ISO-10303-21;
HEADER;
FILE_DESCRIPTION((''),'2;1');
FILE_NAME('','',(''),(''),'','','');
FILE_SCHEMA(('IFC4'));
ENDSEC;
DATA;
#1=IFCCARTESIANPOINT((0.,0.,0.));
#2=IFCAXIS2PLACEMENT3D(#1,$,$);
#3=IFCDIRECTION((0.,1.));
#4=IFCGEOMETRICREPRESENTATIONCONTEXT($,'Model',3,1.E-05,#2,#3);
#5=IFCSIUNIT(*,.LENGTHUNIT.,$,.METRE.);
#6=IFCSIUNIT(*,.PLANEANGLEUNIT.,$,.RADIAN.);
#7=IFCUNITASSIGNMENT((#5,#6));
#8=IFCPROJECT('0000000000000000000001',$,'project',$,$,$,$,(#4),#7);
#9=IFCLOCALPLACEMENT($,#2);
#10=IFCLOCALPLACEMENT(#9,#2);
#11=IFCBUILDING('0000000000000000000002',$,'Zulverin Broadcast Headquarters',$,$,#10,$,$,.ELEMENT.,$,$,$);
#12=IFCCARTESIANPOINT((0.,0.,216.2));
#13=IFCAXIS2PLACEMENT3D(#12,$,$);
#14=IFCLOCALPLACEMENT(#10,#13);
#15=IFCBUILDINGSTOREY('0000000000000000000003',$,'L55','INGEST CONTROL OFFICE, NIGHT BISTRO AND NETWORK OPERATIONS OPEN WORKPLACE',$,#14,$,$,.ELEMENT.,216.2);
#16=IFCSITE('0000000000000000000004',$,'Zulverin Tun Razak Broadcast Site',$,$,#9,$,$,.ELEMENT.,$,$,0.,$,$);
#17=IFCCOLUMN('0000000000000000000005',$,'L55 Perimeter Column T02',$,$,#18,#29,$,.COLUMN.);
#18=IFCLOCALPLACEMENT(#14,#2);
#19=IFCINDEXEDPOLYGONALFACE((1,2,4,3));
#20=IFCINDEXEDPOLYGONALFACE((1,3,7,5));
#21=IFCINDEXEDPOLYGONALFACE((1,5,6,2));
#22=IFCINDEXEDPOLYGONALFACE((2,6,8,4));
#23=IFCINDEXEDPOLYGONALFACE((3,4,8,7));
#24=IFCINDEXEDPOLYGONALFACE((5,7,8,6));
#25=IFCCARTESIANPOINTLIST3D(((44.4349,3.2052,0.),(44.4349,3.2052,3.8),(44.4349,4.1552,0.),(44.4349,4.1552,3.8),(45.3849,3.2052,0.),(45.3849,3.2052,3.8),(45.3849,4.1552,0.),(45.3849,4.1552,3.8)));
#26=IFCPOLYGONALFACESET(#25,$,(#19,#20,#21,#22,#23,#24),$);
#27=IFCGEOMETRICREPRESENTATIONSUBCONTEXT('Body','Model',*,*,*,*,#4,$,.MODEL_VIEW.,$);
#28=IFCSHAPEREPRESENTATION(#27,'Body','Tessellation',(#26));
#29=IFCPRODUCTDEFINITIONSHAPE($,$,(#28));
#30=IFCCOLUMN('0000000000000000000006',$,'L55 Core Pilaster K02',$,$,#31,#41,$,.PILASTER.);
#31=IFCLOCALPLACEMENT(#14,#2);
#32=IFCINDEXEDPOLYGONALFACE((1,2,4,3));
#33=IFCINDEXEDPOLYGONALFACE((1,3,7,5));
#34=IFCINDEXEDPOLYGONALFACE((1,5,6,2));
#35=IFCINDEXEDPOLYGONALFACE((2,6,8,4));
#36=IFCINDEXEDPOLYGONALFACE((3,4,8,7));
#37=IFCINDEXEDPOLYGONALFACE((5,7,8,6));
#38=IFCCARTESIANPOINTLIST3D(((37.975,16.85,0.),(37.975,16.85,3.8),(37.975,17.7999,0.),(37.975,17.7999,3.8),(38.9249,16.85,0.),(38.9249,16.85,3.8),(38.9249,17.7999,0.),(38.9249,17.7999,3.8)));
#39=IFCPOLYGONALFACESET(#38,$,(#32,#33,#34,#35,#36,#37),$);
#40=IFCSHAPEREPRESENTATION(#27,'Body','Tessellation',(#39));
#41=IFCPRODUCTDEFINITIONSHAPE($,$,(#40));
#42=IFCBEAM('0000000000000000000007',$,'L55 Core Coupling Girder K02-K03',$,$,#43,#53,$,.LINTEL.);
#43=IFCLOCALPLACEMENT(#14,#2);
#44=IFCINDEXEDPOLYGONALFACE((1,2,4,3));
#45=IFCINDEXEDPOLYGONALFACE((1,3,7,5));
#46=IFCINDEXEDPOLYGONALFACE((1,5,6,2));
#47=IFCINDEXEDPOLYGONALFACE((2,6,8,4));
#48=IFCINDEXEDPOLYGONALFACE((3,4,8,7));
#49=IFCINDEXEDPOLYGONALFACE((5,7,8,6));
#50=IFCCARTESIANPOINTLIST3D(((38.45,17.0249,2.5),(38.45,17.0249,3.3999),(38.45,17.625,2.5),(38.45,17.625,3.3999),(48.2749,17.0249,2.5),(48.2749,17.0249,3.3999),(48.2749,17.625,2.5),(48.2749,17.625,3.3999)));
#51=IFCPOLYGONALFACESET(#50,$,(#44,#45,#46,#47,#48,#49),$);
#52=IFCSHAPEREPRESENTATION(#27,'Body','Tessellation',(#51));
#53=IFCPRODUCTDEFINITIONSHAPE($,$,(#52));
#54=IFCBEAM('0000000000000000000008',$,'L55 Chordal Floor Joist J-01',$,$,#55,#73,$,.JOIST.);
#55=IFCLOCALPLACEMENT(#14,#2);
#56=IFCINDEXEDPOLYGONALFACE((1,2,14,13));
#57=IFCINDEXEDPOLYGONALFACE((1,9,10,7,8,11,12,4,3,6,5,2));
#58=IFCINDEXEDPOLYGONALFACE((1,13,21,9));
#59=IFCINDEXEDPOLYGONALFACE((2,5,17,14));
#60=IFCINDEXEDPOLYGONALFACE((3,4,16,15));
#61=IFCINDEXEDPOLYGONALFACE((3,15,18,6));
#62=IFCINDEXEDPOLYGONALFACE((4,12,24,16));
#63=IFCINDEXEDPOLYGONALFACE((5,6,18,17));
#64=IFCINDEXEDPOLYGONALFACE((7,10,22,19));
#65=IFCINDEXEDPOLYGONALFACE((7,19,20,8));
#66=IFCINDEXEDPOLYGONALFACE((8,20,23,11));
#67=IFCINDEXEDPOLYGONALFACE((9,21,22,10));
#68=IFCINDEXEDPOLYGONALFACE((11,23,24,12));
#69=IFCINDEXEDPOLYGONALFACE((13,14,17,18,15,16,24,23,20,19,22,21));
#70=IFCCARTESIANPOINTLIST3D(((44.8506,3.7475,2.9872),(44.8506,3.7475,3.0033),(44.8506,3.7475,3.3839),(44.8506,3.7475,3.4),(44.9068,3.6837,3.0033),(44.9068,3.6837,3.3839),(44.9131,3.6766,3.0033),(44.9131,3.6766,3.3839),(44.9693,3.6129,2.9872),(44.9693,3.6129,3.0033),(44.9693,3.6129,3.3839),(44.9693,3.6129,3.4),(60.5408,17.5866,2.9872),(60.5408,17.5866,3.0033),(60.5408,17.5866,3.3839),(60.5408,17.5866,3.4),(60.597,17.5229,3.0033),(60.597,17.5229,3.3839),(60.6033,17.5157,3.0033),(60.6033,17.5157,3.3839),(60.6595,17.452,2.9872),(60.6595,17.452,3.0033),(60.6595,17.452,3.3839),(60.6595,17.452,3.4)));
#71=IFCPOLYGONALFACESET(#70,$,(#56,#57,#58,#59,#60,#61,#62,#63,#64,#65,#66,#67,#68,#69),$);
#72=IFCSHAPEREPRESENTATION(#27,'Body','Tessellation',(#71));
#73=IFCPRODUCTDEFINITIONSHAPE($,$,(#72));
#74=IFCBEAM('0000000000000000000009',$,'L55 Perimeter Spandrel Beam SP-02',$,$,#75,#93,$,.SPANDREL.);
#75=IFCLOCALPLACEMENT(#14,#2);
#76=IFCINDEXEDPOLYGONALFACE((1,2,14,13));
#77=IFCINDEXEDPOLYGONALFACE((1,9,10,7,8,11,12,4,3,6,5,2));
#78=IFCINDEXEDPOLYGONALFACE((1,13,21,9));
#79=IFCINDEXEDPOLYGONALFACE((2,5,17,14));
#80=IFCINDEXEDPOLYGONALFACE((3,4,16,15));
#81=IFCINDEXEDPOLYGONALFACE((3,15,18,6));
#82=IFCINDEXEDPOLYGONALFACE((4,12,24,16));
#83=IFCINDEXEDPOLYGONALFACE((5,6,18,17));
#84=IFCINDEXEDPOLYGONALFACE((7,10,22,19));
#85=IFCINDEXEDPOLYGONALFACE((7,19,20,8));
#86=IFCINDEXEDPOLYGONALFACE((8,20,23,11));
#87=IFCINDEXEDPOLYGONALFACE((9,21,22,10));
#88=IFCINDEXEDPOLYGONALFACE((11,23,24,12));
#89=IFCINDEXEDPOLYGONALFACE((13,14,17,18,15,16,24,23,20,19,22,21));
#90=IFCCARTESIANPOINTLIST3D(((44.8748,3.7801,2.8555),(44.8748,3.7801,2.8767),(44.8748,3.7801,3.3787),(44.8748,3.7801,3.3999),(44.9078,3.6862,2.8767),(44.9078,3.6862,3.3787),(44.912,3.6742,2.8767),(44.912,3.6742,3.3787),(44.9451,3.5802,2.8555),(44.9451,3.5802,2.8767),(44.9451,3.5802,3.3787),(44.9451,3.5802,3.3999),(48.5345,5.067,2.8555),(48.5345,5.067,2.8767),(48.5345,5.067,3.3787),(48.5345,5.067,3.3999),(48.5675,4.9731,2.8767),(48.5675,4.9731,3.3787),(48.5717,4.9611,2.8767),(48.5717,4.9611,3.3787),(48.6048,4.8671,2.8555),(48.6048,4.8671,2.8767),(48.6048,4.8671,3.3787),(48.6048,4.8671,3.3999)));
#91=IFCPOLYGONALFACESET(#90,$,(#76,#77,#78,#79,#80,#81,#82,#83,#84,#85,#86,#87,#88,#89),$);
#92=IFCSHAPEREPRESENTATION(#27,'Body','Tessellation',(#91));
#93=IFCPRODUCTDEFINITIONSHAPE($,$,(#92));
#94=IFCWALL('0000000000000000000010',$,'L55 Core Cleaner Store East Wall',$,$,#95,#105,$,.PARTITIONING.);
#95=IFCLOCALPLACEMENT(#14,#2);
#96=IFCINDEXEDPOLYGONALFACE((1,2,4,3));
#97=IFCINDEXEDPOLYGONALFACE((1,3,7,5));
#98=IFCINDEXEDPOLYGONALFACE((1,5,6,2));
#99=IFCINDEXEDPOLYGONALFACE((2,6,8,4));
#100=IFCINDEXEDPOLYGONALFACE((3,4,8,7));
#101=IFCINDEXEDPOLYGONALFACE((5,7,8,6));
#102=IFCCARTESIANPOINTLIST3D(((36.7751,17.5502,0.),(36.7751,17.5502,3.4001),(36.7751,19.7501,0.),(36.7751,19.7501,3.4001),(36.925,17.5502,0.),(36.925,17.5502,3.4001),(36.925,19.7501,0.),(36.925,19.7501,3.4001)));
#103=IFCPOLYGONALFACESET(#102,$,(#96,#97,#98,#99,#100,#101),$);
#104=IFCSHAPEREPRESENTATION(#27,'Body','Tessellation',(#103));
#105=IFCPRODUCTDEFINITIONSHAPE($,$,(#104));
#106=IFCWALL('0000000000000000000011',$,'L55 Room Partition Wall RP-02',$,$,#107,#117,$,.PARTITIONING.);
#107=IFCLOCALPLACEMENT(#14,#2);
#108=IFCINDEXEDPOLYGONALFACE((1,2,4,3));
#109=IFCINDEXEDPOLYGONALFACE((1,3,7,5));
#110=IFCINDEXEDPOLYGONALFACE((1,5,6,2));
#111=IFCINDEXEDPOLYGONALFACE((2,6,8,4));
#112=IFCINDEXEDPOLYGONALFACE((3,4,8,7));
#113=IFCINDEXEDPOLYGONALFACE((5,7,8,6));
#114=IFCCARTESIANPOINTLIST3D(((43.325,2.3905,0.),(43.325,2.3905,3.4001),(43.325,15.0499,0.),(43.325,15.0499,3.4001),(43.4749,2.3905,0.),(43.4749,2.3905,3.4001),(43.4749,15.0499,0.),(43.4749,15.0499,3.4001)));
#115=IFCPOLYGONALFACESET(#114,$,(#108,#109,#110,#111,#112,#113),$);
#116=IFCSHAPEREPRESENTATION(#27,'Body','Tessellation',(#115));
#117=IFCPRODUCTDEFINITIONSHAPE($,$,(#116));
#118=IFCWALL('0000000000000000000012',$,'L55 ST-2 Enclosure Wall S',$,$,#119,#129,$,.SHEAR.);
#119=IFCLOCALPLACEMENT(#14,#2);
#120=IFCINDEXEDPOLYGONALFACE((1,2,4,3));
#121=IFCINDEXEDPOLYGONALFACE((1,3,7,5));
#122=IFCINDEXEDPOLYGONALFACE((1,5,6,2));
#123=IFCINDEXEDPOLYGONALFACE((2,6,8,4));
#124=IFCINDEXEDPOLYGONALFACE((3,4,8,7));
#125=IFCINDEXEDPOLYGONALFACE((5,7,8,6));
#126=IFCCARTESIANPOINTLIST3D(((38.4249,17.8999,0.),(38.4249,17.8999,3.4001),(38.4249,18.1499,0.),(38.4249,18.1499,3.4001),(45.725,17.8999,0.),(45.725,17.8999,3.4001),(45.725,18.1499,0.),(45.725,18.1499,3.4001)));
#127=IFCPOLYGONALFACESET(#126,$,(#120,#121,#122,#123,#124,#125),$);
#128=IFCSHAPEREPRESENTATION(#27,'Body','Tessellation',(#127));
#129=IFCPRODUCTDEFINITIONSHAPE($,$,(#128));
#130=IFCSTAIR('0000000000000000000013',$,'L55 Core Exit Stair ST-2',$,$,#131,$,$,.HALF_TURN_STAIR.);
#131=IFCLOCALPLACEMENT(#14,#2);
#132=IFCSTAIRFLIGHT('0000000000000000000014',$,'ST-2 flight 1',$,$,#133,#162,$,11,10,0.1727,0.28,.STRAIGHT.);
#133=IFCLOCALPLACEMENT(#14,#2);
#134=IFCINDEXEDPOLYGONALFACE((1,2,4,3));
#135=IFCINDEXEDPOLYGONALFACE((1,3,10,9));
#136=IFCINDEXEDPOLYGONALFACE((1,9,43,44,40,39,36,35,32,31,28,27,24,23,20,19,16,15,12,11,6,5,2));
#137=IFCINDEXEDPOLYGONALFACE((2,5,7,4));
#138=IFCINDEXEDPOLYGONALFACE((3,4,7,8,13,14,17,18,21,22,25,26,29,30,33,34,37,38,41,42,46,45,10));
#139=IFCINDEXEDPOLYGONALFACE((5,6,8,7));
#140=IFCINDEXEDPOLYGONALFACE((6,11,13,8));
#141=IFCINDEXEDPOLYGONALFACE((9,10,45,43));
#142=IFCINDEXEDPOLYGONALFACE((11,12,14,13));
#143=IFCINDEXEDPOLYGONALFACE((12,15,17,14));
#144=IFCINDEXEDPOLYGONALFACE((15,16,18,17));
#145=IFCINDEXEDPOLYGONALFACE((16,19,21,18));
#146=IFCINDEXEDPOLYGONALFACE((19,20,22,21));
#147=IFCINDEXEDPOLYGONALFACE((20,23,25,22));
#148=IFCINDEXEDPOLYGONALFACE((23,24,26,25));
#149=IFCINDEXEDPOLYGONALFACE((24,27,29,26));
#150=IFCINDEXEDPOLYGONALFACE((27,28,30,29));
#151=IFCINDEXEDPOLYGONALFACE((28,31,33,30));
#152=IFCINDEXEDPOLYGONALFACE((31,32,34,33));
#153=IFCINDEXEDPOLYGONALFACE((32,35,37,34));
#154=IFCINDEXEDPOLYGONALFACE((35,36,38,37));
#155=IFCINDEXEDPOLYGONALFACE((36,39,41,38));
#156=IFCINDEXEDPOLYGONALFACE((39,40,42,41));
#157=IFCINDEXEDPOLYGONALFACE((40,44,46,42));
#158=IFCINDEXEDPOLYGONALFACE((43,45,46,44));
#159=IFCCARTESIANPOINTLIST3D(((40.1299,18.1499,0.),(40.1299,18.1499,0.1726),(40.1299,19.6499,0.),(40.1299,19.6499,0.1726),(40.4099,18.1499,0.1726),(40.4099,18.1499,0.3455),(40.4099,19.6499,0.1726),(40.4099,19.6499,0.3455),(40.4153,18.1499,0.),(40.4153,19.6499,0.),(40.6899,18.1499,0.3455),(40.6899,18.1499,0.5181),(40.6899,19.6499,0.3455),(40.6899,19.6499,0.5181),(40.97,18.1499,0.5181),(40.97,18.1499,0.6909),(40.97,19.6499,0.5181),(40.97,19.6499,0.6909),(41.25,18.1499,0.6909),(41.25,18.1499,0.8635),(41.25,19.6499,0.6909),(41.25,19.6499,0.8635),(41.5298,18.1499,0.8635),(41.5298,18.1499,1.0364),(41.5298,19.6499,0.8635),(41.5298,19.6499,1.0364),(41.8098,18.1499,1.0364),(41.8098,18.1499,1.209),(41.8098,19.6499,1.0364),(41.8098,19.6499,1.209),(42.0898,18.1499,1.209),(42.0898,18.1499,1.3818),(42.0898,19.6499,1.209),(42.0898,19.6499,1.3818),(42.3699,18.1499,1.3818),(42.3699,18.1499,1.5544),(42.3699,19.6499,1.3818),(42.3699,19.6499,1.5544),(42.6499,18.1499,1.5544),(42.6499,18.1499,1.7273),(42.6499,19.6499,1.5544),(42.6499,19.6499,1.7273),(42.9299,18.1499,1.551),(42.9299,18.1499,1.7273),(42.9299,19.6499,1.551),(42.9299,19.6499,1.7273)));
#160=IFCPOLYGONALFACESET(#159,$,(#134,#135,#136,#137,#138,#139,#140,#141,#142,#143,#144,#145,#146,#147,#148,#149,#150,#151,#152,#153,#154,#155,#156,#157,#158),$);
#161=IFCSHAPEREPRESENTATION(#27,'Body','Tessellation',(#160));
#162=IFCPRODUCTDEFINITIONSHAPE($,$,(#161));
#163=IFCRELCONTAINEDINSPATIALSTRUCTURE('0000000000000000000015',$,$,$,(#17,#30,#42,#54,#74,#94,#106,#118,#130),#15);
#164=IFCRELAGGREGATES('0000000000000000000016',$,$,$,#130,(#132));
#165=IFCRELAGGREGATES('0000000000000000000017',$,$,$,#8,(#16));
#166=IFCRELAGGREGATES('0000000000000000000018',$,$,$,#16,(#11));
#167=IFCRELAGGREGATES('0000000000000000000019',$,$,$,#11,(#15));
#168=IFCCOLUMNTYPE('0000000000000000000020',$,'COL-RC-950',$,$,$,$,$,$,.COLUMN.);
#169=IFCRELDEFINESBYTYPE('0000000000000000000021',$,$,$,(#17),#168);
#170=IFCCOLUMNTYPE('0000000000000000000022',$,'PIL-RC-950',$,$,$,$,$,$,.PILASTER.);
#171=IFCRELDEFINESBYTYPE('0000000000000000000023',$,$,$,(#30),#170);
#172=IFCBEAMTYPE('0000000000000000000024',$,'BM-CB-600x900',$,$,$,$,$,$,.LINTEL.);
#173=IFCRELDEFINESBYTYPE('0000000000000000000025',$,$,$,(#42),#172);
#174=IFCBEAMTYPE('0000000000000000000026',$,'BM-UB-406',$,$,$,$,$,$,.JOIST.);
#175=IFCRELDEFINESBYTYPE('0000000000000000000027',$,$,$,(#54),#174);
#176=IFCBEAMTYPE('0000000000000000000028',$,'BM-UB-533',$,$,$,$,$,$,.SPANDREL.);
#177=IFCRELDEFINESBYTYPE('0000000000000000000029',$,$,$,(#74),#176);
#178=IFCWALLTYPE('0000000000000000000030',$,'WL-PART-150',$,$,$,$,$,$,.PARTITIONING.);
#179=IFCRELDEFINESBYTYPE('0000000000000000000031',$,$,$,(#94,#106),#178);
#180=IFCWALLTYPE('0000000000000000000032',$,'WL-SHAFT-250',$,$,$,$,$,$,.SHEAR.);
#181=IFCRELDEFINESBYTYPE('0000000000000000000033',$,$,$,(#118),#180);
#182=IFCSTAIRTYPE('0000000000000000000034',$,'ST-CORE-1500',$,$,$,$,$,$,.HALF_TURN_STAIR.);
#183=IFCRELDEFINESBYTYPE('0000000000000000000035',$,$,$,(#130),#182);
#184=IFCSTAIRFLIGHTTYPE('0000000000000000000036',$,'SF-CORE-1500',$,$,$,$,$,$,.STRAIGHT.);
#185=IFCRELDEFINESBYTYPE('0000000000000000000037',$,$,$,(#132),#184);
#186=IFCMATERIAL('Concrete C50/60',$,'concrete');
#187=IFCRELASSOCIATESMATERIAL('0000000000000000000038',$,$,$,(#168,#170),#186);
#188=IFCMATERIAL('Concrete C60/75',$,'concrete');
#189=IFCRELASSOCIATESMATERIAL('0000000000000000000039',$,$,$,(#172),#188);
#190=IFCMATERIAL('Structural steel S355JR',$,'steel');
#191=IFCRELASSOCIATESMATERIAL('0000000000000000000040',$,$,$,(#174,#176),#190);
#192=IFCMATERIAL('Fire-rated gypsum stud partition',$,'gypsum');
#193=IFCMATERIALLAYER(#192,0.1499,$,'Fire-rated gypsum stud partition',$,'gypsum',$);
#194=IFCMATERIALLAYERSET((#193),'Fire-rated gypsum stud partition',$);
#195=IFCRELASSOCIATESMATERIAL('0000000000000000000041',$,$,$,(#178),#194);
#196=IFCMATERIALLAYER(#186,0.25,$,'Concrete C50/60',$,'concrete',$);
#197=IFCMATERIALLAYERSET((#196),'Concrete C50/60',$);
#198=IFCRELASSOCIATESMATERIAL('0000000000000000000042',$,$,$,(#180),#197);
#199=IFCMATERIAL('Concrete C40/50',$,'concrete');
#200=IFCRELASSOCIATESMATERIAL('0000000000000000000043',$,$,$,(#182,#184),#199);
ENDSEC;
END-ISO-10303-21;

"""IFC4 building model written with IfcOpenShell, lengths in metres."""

from ifc_helpers import new_model, si_unit, direction, frame, frame_2d, origin, origin_2d, place, context, subcontext, project, spatial, polyline, rectangle, i_section, outline, extrude, material, layer, layer_set, material_profile, profile_set, type_object, element, aggregate, save


model = new_model("IFC4")

# Units and contexts
model_context = context("Model", 3, precision=1e-05, world=origin(), true_north=direction((0.0, 1.0)))
body_context = subcontext(model_context, "Body", "Model", "MODEL_VIEW")
ifc_project = project(units=[si_unit("LENGTHUNIT", "METRE"), si_unit("PLANEANGLEUNIT", "RADIAN")], contexts=[model_context])

# Site, building, storey
site_placement = place(None, origin())
site = spatial("IfcSite", under=ifc_project, at=site_placement, Name="Zulverin Tun Razak Broadcast Site", CompositionType="ELEMENT", RefElevation=0.0)
building_placement = place(site_placement, origin())
building = spatial("IfcBuilding", under=site, at=building_placement, Name="Zulverin Broadcast Headquarters", CompositionType="ELEMENT")
storey_placement = place(building_placement, frame((0.0, 0.0, 216.2)))
storey = spatial("IfcBuildingStorey", under=building, at=storey_placement, Name="L55", Description="INGEST CONTROL OFFICE, NIGHT BISTRO AND NETWORK OPERATIONS OPEN WORKPLACE", CompositionType="ELEMENT", Elevation=216.2)

# Columns
ifc_material_1 = material(Name="Concrete C50/60", Category="concrete")
ifc_material_profile_1 = material_profile(ifc_material_1, rectangle(XDim=0.95, YDim=0.95, at=origin_2d()), Name="Concrete C50/60", Category="concrete")
ifc_profile_set_1 = profile_set([ifc_material_profile_1], Name="Concrete C50/60")
column_type_1 = type_object("IfcColumnType", Name="COL-RC-950", PredefinedType="COLUMN", material=ifc_profile_set_1)
column_1_placement = place(storey_placement, frame((44.9099, 3.6802, 0.0), z_axis=(0.0, 0.0, 1.0), x_axis=(1.0, 0.0, 0.0)))
element("IfcColumn", 1, at=column_1_placement, inside=storey, type_object=column_type_1, Name="L55 Perimeter Column T02", PredefinedType="COLUMN", context=body_context, shape_type="SweptSolid", body=[
    extrude(rectangle(XDim=0.95, YDim=0.95, at=origin_2d()), origin(), (0.0, 0.0, 1.0), 3.8),
])
ifc_material_profile_2 = material_profile(ifc_material_1, rectangle(XDim=0.95, YDim=0.95, at=origin_2d()), Name="Concrete C50/60", Category="concrete")
ifc_profile_set_2 = profile_set([ifc_material_profile_2], Name="Concrete C50/60")
column_type_2 = type_object("IfcColumnType", Name="PIL-RC-950", PredefinedType="PILASTER", material=ifc_profile_set_2)
column_2_placement = place(storey_placement, frame((38.45, 17.325, 0.0), z_axis=(0.0, 0.0, 1.0), x_axis=(1.0, 0.0, 0.0)))
element("IfcColumn", 2, at=column_2_placement, inside=storey, type_object=column_type_2, Name="L55 Core Pilaster K02", PredefinedType="PILASTER", context=body_context, shape_type="SweptSolid", body=[
    extrude(rectangle(XDim=0.95, YDim=0.95, at=origin_2d()), origin(), (0.0, 0.0, 1.0), 3.8),
])

# Beams
ifc_material_2 = material(Name="Concrete C60/75", Category="concrete")
ifc_material_profile_3 = material_profile(ifc_material_2, rectangle(XDim=0.6001, YDim=0.8999, at=origin_2d()), Name="Concrete C60/75", Category="concrete")
ifc_profile_set_3 = profile_set([ifc_material_profile_3], Name="Concrete C60/75")
beam_type_1 = type_object("IfcBeamType", Name="BM-CB-600x900", PredefinedType="LINTEL", material=ifc_profile_set_3)
beam_1_placement = place(storey_placement, frame((38.45, 17.325, 2.95), z_axis=(1.0, 0.0, 0.0), x_axis=(0.0, 1.0, 0.0)))
element("IfcBeam", 3, at=beam_1_placement, inside=storey, type_object=beam_type_1, Name="L55 Core Coupling Girder K02-K03", PredefinedType="LINTEL", context=body_context, shape_type="SweptSolid", body=[
    extrude(rectangle(XDim=0.6001, YDim=0.8999, at=origin_2d()), origin(), (0.0, 0.0, 1.0), 9.825),
])
ifc_material_3 = material(Name="Structural steel S355JR", Category="steel")
ifc_material_profile_4 = material_profile(ifc_material_3, i_section(OverallWidth=0.1794, OverallDepth=0.4128, WebThickness=0.0095, FlangeThickness=0.0161, at=origin_2d()), Name="Structural steel S355JR", Category="steel")
ifc_profile_set_4 = profile_set([ifc_material_profile_4], Name="Structural steel S355JR")
beam_type_2 = type_object("IfcBeamType", Name="BM-UB-406", PredefinedType="JOIST", material=ifc_profile_set_4)
beam_2_placement = place(storey_placement, frame((44.9099, 3.6802, 3.1936), z_axis=(0.74996, 0.661483, 0.0), x_axis=(-0.661483, 0.74996, 0.0)))
element("IfcBeam", 4, at=beam_2_placement, inside=storey, type_object=beam_type_2, Name="L55 Chordal Floor Joist J-01", PredefinedType="JOIST", context=body_context, shape_type="SweptSolid", body=[
    extrude(i_section(OverallWidth=0.1794, OverallDepth=0.4128, WebThickness=0.0095, FlangeThickness=0.0161, at=origin_2d()), origin(), (0.0, 0.0, 1.0), 20.9214),
])
ifc_material_profile_5 = material_profile(ifc_material_3, i_section(OverallWidth=0.2119, OverallDepth=0.5444, WebThickness=0.0127, FlangeThickness=0.0212, at=origin_2d()), Name="Structural steel S355JR", Category="steel")
ifc_profile_set_5 = profile_set([ifc_material_profile_5], Name="Structural steel S355JR")
beam_type_3 = type_object("IfcBeamType", Name="BM-UB-533", PredefinedType="SPANDREL", material=ifc_profile_set_5)
beam_3_placement = place(storey_placement, frame((44.9099, 3.6802, 3.1277), z_axis=(0.943377, 0.331724, 0.0), x_axis=(-0.331724, 0.943377, 0.0)))
element("IfcBeam", 5, at=beam_3_placement, inside=storey, type_object=beam_type_3, Name="L55 Perimeter Spandrel Beam SP-02", PredefinedType="SPANDREL", context=body_context, shape_type="SweptSolid", body=[
    extrude(i_section(OverallWidth=0.2119, OverallDepth=0.5444, WebThickness=0.0127, FlangeThickness=0.0212, at=origin_2d()), origin(), (0.0, 0.0, 1.0), 3.8794),
])

# Walls
ifc_material_4 = material(Name="Fire-rated gypsum stud partition", Category="gypsum")
ifc_layer_1 = layer(ifc_material_4, 0.1499, Name="Fire-rated gypsum stud partition", Category="gypsum")
ifc_layer_set_1 = layer_set([ifc_layer_1], Name="Fire-rated gypsum stud partition")
wall_type_1 = type_object("IfcWallType", Name="WL-PART-150", PredefinedType="PARTITIONING", material=ifc_layer_set_1)
wall_1_placement = place(storey_placement, frame((36.8501, 17.55, 0.0), z_axis=(0.0, 0.0, 1.0), x_axis=(0.0, 1.0, 0.0)))
element("IfcWall", 6, at=wall_1_placement, inside=storey, type_object=wall_type_1, Name="L55 Core Cleaner Store East Wall", PredefinedType="PARTITIONING", context=body_context, shape_type="SweptSolid", body=[
    extrude(rectangle(XDim=2.2, YDim=0.1499, at=frame_2d((1.1001, 0.0))), origin(), (0.0, 0.0, 1.0), 3.4001),
])
wall_2_placement = place(storey_placement, frame((43.3999, 2.3906, 0.0), z_axis=(0.0, 0.0, 1.0), x_axis=(0.0, 1.0, 0.0)))
element("IfcWall", 7, at=wall_2_placement, inside=storey, type_object=wall_type_1, Name="L55 Room Partition Wall RP-02", PredefinedType="PARTITIONING", context=body_context, shape_type="SweptSolid", body=[
    extrude(rectangle(XDim=12.6594, YDim=0.1499, at=frame_2d((6.3296, 0.0))), origin(), (0.0, 0.0, 1.0), 3.4001),
])
ifc_layer_2 = layer(ifc_material_1, 0.25, Name="Concrete C50/60", Category="concrete")
ifc_layer_set_2 = layer_set([ifc_layer_2], Name="Concrete C50/60")
wall_type_2 = type_object("IfcWallType", Name="WL-SHAFT-250", PredefinedType="SHEAR", material=ifc_layer_set_2)
wall_3_placement = place(storey_placement, frame((38.425, 18.0249, 0.0), z_axis=(0.0, 0.0, 1.0), x_axis=(1.0, 0.0, 0.0)))
element("IfcWall", 8, at=wall_3_placement, inside=storey, type_object=wall_type_2, Name="L55 ST-2 Enclosure Wall S", PredefinedType="SHEAR", context=body_context, shape_type="SweptSolid", body=[
    extrude(rectangle(XDim=7.3, YDim=0.25, at=frame_2d((3.6499, 0.0))), origin(), (0.0, 0.0, 1.0), 3.4001),
])

# Stair, stair flight
ifc_material_5 = material(Name="Concrete C40/50", Category="concrete")
stair_type = type_object("IfcStairType", Name="ST-CORE-1500", PredefinedType="HALF_TURN_STAIR", material=ifc_material_5)
stair_placement = place(storey_placement, origin())
stair = element("IfcStair", 9, at=stair_placement, inside=storey, type_object=stair_type, Name="L55 Core Exit Stair ST-2", PredefinedType="HALF_TURN_STAIR")
stair_flight_type = type_object("IfcStairFlightType", Name="SF-CORE-1500", PredefinedType="STRAIGHT", material=ifc_material_5)
stair_flight_placement = place(storey_placement, frame((40.1299, 18.8999, 0.0), z_axis=(0.0, 0.0, 1.0), x_axis=(1.0, 0.0, 0.0)))
stair_flight = element("IfcStairFlight", 10, at=stair_flight_placement, type_object=stair_flight_type, Name="ST-2 flight 1", NumberOfRisers=11, NumberOfTreads=10, PredefinedType="STRAIGHT", RiserHeight=0.1727, TreadLength=0.28, context=body_context, shape_type="SweptSolid", body=[
    extrude(outline(polyline([(0.0, 0.0), (0.0, 0.1726), (0.28, 0.1726), (0.28, 0.3455), (0.5601, 0.3455), (0.5601, 0.5181), (0.8401, 0.5181), (0.8401, 0.6909), (1.1201, 0.6909), (1.1201, 0.8635), (1.3999, 0.8635), (1.3999, 1.0364), (1.6799, 1.0364), (1.6799, 1.209), (1.96, 1.209), (1.96, 1.3818), (2.24, 1.3818), (2.24, 1.5544), (2.52, 1.5544), (2.52, 1.7273), (2.8, 1.7273), (2.8, 1.8999), (2.8, 1.551), (0.2854, 0.0), (0.0, 0.0)])), frame((0.0, 0.75, 0.0), z_axis=(0.0, -1.0, 0.0), x_axis=(1.0, 0.0, 0.0)), (0.0, 0.0, 1.0), 1.5),
])
aggregate(stair, [stair_flight])

save(model, "model.ifc")
